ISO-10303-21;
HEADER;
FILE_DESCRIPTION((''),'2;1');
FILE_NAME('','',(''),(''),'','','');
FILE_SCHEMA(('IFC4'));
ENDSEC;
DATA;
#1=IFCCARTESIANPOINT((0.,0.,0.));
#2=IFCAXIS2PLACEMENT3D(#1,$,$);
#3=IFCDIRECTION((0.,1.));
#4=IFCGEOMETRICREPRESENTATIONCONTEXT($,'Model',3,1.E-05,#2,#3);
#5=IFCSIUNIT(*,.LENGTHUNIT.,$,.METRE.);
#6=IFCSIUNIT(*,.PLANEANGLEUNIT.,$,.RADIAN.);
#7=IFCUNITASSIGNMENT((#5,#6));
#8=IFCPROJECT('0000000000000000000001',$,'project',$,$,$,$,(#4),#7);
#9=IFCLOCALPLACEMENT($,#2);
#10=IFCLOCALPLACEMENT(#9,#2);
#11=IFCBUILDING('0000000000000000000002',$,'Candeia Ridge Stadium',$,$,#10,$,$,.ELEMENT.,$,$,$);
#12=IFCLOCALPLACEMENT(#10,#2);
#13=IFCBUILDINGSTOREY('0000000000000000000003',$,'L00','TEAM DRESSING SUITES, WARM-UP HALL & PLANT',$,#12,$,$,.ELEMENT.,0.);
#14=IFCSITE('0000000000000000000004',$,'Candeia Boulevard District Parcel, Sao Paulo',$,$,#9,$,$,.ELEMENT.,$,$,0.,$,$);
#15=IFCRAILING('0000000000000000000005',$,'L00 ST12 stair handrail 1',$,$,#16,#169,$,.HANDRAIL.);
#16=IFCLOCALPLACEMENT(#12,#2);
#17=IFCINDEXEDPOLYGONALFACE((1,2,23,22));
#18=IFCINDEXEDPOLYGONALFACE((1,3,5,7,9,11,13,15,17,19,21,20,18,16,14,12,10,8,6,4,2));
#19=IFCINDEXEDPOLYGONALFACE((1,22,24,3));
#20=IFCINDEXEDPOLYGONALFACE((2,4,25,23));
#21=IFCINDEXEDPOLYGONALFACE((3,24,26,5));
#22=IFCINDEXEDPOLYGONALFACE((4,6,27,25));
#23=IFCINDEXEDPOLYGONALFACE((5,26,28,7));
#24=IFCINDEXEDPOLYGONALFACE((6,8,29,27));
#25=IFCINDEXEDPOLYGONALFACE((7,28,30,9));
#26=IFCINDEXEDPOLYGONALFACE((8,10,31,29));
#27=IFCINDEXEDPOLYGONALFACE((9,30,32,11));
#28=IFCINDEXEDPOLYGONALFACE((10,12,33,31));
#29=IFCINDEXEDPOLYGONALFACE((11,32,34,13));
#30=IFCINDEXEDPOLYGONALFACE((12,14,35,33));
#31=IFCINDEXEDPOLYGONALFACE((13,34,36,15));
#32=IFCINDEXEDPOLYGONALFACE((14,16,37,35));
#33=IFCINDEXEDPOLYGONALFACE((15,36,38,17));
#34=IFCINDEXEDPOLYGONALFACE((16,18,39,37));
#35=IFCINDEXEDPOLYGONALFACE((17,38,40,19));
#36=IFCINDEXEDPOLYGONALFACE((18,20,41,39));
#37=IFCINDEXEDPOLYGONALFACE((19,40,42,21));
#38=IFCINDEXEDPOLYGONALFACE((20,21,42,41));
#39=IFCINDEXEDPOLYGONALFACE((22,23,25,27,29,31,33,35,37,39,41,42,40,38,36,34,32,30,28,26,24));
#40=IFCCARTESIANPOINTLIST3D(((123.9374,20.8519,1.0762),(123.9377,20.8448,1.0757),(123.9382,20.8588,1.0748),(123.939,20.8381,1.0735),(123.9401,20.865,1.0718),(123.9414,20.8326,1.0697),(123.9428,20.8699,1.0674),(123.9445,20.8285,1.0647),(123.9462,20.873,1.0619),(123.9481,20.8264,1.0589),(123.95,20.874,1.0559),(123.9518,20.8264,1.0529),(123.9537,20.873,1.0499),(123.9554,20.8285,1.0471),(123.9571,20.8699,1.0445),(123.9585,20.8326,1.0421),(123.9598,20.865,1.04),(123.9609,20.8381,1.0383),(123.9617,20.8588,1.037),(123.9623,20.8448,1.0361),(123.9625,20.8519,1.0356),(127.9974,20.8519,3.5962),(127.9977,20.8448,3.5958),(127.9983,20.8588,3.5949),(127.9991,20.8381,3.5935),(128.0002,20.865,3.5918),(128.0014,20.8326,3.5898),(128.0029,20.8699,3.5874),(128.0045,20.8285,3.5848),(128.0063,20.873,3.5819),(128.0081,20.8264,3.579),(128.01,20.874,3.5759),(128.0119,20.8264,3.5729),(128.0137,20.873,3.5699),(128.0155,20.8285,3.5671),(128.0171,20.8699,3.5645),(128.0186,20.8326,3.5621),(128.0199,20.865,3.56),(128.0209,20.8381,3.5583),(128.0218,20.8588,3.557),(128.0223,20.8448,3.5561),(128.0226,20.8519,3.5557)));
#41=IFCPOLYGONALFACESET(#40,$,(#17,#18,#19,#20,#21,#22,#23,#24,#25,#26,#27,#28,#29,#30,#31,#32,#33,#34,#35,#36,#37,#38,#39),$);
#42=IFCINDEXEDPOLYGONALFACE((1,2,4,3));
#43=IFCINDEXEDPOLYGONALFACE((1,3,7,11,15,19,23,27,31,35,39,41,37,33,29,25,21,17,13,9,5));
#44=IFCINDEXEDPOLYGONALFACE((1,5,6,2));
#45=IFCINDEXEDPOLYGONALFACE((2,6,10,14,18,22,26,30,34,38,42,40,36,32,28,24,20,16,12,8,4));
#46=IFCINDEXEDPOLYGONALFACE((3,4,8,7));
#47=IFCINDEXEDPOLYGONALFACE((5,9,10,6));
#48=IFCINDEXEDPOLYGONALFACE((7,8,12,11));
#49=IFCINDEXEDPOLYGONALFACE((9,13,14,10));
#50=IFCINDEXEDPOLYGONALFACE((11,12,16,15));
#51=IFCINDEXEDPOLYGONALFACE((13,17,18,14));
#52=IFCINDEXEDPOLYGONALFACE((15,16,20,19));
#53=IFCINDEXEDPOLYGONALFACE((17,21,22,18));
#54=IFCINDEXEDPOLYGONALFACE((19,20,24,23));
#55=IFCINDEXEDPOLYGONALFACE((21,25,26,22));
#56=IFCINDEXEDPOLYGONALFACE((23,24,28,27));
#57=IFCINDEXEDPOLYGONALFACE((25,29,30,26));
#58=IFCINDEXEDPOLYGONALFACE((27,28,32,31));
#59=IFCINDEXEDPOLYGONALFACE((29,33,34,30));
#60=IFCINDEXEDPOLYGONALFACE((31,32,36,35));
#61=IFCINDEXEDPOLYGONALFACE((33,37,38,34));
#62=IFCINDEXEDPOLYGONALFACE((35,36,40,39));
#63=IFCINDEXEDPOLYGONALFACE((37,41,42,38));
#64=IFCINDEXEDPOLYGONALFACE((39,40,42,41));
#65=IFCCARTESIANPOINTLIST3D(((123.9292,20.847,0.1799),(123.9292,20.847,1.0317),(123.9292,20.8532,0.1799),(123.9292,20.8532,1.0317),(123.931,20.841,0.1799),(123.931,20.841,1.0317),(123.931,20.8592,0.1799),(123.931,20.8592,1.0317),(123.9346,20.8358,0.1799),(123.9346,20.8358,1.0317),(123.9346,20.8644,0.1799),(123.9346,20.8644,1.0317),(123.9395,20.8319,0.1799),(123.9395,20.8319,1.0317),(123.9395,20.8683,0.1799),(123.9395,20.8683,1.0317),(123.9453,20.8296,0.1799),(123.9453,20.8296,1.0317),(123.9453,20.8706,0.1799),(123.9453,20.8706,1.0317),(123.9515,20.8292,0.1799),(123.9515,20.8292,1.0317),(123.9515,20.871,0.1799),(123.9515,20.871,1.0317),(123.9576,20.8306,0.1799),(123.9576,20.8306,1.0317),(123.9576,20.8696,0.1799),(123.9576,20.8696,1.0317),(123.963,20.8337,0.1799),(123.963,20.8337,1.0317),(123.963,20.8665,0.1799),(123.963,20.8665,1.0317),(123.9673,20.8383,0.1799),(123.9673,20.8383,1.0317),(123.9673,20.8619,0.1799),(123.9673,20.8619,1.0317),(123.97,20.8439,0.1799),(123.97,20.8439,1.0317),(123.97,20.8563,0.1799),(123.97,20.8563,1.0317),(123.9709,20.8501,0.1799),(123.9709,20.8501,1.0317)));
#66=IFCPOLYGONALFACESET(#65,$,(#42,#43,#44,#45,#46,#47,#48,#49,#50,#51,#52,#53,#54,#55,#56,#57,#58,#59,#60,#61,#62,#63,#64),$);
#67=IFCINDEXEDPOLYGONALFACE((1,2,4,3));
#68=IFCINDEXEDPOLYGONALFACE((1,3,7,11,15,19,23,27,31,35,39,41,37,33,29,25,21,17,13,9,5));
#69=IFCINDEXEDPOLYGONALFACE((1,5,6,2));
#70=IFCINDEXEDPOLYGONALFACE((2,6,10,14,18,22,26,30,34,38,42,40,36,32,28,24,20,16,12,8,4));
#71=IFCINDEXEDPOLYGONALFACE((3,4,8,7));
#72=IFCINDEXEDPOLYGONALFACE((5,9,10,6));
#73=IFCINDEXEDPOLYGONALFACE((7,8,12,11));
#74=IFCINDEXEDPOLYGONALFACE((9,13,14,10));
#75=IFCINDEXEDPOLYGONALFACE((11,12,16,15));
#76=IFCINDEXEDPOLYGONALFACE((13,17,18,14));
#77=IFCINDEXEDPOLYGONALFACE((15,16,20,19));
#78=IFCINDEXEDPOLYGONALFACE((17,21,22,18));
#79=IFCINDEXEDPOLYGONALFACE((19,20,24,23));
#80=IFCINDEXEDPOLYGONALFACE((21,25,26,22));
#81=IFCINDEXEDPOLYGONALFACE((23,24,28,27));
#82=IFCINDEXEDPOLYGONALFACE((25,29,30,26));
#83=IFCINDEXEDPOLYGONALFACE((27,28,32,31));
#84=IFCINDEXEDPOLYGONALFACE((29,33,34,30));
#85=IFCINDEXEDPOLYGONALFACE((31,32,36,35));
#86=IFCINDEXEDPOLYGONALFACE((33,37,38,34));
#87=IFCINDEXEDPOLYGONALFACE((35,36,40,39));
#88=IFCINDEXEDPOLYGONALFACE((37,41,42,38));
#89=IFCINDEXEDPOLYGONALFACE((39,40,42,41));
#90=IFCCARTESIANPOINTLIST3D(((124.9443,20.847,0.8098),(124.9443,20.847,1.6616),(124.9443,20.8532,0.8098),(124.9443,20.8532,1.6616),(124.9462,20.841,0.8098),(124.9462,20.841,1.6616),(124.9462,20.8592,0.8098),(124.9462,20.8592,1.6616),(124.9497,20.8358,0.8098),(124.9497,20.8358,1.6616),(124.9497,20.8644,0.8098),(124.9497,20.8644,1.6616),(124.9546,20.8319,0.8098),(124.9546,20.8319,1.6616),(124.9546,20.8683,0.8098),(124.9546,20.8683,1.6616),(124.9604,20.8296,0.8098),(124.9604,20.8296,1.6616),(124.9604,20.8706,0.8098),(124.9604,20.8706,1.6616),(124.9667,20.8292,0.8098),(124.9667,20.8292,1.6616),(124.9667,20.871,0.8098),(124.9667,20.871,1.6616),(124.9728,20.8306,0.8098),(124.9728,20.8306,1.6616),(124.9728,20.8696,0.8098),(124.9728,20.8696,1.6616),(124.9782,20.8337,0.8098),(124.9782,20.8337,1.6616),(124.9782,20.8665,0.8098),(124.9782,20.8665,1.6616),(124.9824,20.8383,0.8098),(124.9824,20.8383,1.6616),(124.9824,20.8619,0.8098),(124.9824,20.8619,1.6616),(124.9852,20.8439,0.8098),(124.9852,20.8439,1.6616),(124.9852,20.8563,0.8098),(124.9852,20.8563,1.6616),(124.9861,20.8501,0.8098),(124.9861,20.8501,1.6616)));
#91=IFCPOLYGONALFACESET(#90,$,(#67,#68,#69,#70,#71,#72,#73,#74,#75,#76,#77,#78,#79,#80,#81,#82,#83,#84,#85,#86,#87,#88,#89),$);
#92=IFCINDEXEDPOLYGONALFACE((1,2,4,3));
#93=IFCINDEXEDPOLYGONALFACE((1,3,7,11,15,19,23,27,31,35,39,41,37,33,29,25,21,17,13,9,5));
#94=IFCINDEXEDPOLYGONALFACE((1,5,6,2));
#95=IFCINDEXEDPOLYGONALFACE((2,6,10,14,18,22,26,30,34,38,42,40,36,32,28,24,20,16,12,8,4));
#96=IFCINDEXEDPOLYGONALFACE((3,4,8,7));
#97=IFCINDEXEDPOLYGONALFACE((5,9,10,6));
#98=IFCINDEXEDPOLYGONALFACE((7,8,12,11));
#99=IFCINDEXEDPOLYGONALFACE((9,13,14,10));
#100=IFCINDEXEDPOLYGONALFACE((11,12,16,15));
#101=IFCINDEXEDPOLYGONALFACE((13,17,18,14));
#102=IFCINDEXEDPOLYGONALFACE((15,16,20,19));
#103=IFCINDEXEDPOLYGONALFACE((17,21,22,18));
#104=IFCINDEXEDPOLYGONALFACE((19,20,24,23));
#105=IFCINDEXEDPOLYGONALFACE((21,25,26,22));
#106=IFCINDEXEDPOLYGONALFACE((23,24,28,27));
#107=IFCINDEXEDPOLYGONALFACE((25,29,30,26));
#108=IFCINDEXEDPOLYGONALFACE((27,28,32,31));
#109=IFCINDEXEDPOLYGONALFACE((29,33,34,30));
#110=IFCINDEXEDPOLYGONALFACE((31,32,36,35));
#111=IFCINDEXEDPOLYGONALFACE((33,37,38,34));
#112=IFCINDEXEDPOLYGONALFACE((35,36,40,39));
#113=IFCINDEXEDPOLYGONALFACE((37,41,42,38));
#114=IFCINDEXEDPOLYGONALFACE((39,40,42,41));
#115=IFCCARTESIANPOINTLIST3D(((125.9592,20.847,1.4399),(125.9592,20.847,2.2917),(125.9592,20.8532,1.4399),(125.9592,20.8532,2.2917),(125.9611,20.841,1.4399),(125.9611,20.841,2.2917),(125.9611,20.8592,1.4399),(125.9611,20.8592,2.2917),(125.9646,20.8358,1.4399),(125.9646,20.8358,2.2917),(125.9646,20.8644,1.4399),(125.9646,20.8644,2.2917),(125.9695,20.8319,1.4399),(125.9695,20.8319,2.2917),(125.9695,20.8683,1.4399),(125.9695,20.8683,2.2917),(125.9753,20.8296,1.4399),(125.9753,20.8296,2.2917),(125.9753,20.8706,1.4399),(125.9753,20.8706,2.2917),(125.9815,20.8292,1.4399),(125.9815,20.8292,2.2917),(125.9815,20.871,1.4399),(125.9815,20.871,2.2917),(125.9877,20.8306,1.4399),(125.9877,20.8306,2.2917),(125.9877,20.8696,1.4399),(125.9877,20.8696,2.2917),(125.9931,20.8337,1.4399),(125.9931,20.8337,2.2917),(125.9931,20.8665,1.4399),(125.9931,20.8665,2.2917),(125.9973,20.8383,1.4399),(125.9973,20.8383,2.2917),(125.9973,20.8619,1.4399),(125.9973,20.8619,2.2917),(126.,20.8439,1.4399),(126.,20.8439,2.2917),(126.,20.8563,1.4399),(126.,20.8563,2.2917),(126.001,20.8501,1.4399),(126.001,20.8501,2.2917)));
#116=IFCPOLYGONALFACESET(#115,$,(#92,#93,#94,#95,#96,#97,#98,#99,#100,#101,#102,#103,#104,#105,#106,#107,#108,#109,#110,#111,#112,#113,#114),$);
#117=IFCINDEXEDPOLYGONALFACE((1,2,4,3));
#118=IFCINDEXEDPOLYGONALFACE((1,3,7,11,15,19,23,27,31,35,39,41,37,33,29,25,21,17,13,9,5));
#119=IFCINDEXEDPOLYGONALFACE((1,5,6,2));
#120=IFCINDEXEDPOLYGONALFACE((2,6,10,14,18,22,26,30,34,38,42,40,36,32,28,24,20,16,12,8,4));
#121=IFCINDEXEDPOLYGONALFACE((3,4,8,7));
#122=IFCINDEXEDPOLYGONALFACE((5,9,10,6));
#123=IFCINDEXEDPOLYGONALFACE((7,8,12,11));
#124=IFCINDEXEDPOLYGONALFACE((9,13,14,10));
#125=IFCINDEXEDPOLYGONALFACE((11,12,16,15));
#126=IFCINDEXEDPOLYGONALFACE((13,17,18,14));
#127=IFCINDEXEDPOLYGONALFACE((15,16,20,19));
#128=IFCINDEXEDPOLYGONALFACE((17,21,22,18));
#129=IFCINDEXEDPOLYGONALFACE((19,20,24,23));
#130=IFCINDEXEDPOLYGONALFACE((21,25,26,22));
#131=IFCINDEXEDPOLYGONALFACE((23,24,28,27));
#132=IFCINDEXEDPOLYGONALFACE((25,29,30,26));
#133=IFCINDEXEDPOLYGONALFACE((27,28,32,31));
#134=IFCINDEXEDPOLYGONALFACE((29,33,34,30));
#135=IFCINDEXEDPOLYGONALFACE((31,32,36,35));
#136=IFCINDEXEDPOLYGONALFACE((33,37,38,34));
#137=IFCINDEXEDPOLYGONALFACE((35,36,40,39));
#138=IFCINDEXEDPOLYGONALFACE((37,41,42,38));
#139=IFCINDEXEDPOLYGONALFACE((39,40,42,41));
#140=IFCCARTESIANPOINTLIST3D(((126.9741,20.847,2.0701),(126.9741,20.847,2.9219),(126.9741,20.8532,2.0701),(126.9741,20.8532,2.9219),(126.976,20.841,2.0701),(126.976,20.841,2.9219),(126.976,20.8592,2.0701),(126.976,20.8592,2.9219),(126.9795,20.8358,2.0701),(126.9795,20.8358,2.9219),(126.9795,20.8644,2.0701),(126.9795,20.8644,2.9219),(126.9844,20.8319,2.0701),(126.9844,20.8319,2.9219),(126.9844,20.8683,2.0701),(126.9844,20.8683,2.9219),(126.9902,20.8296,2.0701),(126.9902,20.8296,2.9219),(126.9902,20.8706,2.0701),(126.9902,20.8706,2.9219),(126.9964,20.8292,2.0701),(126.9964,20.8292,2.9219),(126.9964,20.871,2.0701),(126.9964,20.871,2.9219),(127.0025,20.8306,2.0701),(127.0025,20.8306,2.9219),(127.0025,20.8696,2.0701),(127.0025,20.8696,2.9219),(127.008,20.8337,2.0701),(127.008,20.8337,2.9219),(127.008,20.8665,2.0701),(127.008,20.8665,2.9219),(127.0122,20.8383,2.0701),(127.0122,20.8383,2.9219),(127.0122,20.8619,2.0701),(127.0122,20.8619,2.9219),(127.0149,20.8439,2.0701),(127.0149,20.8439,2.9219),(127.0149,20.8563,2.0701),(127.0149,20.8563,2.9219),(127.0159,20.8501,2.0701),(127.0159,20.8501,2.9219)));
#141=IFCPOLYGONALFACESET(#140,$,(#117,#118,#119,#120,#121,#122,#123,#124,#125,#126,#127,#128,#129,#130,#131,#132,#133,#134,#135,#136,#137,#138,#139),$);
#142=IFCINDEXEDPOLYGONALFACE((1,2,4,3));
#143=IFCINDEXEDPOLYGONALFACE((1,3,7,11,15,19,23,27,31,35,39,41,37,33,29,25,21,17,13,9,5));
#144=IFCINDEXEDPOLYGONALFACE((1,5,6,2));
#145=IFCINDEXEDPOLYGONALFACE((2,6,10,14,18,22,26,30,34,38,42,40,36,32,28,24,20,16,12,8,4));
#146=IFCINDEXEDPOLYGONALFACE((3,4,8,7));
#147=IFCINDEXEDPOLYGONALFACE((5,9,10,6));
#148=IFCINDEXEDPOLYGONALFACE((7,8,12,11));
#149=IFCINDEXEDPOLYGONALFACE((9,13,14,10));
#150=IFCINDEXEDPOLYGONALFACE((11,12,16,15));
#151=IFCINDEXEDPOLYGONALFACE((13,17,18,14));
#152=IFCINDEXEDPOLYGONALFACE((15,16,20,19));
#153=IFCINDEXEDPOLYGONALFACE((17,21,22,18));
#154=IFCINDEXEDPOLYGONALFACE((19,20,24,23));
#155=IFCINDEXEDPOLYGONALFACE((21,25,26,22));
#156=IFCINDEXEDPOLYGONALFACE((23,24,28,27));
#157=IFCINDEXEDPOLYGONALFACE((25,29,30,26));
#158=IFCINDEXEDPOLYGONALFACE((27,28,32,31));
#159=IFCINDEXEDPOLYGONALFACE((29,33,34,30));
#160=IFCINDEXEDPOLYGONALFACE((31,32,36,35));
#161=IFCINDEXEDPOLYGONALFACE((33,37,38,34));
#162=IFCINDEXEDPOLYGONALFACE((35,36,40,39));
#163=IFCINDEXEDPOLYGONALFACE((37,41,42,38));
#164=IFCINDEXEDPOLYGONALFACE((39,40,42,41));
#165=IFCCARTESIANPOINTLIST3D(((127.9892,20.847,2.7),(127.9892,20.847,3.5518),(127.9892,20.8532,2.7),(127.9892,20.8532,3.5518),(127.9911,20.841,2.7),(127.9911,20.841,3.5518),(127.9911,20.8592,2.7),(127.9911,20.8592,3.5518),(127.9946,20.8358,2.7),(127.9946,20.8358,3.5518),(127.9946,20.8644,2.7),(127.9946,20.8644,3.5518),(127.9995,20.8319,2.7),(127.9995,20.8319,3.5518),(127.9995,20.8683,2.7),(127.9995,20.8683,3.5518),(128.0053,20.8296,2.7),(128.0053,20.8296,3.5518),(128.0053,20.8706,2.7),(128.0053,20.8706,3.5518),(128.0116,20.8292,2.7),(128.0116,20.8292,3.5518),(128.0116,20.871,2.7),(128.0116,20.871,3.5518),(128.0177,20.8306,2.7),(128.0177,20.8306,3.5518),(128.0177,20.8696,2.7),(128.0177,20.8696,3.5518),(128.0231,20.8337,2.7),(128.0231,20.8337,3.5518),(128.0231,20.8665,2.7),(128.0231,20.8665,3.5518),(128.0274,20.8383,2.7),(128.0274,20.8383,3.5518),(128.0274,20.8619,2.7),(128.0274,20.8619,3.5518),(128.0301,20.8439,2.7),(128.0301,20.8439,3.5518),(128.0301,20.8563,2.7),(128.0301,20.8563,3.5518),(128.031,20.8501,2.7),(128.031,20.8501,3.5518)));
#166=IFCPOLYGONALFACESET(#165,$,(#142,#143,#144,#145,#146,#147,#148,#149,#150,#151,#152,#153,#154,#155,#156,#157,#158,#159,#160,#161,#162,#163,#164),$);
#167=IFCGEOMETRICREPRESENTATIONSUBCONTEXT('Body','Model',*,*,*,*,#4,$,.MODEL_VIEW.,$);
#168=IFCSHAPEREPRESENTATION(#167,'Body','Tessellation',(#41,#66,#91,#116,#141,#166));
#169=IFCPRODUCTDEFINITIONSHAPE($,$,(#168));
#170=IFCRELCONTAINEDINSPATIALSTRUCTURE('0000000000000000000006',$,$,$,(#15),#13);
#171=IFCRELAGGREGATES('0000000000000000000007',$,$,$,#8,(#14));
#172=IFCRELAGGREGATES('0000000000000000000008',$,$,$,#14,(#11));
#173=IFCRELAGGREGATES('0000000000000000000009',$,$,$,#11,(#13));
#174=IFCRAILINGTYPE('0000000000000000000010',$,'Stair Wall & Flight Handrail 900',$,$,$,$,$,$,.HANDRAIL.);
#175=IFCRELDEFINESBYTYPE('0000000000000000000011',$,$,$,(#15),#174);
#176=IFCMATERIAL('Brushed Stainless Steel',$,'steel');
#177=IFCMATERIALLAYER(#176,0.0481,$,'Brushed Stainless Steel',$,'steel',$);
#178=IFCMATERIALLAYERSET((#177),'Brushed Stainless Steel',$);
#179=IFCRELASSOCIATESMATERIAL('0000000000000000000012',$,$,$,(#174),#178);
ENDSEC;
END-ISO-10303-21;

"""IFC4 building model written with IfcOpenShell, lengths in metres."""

from ifc_helpers import new_model, si_unit, direction, frame, origin, origin_2d, place, context, subcontext, project, spatial, circle, extrude, material, layer, layer_set, type_object, element, save


model = new_model("IFC4")

# Units and contexts
model_context = context("Model", 3, precision=1e-05, world=origin(), true_north=direction((0.0, 1.0)))
body_context = subcontext(model_context, "Body", "Model", "MODEL_VIEW")
ifc_project = project(units=[si_unit("LENGTHUNIT", "METRE"), si_unit("PLANEANGLEUNIT", "RADIAN")], contexts=[model_context])

# Site, building, storey
site_placement = place(None, origin())
site = spatial("IfcSite", under=ifc_project, at=site_placement, Name="Candeia Boulevard District Parcel, Sao Paulo", CompositionType="ELEMENT", RefElevation=0.0)
building_placement = place(site_placement, origin())
building = spatial("IfcBuilding", under=site, at=building_placement, Name="Candeia Ridge Stadium", CompositionType="ELEMENT")
storey_placement = place(building_placement, origin())
storey = spatial("IfcBuildingStorey", under=building, at=storey_placement, Name="L00", Description="TEAM DRESSING SUITES, WARM-UP HALL & PLANT", CompositionType="ELEMENT", Elevation=0.0)

# Shared definitions
ifc_material_1 = material(Name="Brushed Stainless Steel", Category="steel")

# Railing
ifc_layer_1 = layer(ifc_material_1, 0.0481, Name="Brushed Stainless Steel", Category="steel")
ifc_layer_set_1 = layer_set([ifc_layer_1], Name="Brushed Stainless Steel")
railing_type_1 = type_object("IfcRailingType", Name="Stair Wall & Flight Handrail 900", PredefinedType="HANDRAIL", material=ifc_layer_set_1)
railing_1_placement = place(storey_placement, frame((123.95, 20.8501, 0.1799)))
element("IfcRailing", 1, at=railing_1_placement, inside=storey, type_object=railing_type_1, Name="L00 ST12 stair handrail 1", PredefinedType="HANDRAIL", context=body_context, shape_type="SweptSolid", body=[
    extrude(circle(Radius=0.0239, at=origin_2d()), frame((0.0, 0.0, 0.876), z_axis=(0.849642, 0.0, 0.52736), x_axis=(0.0, 1.0, 0.0)), (0.0, 0.0, 1.0), 4.7786),
    extrude(circle(Radius=0.021, at=origin_2d()), origin(), (0.0, 0.0, 1.0), 0.8518),
    extrude(circle(Radius=0.021, at=origin_2d()), frame((1.0151, 0.0, 0.6299)), (0.0, 0.0, 1.0), 0.8518),
    extrude(circle(Radius=0.021, at=origin_2d()), frame((2.03, 0.0, 1.26)), (0.0, 0.0, 1.0), 0.8518),
    extrude(circle(Radius=0.021, at=origin_2d()), frame((3.0449, 0.0, 1.8901)), (0.0, 0.0, 1.0), 0.8518),
    extrude(circle(Radius=0.021, at=origin_2d()), frame((4.0601, 0.0, 2.52)), (0.0, 0.0, 1.0), 0.8518),
])

save(model, "model.ifc")
